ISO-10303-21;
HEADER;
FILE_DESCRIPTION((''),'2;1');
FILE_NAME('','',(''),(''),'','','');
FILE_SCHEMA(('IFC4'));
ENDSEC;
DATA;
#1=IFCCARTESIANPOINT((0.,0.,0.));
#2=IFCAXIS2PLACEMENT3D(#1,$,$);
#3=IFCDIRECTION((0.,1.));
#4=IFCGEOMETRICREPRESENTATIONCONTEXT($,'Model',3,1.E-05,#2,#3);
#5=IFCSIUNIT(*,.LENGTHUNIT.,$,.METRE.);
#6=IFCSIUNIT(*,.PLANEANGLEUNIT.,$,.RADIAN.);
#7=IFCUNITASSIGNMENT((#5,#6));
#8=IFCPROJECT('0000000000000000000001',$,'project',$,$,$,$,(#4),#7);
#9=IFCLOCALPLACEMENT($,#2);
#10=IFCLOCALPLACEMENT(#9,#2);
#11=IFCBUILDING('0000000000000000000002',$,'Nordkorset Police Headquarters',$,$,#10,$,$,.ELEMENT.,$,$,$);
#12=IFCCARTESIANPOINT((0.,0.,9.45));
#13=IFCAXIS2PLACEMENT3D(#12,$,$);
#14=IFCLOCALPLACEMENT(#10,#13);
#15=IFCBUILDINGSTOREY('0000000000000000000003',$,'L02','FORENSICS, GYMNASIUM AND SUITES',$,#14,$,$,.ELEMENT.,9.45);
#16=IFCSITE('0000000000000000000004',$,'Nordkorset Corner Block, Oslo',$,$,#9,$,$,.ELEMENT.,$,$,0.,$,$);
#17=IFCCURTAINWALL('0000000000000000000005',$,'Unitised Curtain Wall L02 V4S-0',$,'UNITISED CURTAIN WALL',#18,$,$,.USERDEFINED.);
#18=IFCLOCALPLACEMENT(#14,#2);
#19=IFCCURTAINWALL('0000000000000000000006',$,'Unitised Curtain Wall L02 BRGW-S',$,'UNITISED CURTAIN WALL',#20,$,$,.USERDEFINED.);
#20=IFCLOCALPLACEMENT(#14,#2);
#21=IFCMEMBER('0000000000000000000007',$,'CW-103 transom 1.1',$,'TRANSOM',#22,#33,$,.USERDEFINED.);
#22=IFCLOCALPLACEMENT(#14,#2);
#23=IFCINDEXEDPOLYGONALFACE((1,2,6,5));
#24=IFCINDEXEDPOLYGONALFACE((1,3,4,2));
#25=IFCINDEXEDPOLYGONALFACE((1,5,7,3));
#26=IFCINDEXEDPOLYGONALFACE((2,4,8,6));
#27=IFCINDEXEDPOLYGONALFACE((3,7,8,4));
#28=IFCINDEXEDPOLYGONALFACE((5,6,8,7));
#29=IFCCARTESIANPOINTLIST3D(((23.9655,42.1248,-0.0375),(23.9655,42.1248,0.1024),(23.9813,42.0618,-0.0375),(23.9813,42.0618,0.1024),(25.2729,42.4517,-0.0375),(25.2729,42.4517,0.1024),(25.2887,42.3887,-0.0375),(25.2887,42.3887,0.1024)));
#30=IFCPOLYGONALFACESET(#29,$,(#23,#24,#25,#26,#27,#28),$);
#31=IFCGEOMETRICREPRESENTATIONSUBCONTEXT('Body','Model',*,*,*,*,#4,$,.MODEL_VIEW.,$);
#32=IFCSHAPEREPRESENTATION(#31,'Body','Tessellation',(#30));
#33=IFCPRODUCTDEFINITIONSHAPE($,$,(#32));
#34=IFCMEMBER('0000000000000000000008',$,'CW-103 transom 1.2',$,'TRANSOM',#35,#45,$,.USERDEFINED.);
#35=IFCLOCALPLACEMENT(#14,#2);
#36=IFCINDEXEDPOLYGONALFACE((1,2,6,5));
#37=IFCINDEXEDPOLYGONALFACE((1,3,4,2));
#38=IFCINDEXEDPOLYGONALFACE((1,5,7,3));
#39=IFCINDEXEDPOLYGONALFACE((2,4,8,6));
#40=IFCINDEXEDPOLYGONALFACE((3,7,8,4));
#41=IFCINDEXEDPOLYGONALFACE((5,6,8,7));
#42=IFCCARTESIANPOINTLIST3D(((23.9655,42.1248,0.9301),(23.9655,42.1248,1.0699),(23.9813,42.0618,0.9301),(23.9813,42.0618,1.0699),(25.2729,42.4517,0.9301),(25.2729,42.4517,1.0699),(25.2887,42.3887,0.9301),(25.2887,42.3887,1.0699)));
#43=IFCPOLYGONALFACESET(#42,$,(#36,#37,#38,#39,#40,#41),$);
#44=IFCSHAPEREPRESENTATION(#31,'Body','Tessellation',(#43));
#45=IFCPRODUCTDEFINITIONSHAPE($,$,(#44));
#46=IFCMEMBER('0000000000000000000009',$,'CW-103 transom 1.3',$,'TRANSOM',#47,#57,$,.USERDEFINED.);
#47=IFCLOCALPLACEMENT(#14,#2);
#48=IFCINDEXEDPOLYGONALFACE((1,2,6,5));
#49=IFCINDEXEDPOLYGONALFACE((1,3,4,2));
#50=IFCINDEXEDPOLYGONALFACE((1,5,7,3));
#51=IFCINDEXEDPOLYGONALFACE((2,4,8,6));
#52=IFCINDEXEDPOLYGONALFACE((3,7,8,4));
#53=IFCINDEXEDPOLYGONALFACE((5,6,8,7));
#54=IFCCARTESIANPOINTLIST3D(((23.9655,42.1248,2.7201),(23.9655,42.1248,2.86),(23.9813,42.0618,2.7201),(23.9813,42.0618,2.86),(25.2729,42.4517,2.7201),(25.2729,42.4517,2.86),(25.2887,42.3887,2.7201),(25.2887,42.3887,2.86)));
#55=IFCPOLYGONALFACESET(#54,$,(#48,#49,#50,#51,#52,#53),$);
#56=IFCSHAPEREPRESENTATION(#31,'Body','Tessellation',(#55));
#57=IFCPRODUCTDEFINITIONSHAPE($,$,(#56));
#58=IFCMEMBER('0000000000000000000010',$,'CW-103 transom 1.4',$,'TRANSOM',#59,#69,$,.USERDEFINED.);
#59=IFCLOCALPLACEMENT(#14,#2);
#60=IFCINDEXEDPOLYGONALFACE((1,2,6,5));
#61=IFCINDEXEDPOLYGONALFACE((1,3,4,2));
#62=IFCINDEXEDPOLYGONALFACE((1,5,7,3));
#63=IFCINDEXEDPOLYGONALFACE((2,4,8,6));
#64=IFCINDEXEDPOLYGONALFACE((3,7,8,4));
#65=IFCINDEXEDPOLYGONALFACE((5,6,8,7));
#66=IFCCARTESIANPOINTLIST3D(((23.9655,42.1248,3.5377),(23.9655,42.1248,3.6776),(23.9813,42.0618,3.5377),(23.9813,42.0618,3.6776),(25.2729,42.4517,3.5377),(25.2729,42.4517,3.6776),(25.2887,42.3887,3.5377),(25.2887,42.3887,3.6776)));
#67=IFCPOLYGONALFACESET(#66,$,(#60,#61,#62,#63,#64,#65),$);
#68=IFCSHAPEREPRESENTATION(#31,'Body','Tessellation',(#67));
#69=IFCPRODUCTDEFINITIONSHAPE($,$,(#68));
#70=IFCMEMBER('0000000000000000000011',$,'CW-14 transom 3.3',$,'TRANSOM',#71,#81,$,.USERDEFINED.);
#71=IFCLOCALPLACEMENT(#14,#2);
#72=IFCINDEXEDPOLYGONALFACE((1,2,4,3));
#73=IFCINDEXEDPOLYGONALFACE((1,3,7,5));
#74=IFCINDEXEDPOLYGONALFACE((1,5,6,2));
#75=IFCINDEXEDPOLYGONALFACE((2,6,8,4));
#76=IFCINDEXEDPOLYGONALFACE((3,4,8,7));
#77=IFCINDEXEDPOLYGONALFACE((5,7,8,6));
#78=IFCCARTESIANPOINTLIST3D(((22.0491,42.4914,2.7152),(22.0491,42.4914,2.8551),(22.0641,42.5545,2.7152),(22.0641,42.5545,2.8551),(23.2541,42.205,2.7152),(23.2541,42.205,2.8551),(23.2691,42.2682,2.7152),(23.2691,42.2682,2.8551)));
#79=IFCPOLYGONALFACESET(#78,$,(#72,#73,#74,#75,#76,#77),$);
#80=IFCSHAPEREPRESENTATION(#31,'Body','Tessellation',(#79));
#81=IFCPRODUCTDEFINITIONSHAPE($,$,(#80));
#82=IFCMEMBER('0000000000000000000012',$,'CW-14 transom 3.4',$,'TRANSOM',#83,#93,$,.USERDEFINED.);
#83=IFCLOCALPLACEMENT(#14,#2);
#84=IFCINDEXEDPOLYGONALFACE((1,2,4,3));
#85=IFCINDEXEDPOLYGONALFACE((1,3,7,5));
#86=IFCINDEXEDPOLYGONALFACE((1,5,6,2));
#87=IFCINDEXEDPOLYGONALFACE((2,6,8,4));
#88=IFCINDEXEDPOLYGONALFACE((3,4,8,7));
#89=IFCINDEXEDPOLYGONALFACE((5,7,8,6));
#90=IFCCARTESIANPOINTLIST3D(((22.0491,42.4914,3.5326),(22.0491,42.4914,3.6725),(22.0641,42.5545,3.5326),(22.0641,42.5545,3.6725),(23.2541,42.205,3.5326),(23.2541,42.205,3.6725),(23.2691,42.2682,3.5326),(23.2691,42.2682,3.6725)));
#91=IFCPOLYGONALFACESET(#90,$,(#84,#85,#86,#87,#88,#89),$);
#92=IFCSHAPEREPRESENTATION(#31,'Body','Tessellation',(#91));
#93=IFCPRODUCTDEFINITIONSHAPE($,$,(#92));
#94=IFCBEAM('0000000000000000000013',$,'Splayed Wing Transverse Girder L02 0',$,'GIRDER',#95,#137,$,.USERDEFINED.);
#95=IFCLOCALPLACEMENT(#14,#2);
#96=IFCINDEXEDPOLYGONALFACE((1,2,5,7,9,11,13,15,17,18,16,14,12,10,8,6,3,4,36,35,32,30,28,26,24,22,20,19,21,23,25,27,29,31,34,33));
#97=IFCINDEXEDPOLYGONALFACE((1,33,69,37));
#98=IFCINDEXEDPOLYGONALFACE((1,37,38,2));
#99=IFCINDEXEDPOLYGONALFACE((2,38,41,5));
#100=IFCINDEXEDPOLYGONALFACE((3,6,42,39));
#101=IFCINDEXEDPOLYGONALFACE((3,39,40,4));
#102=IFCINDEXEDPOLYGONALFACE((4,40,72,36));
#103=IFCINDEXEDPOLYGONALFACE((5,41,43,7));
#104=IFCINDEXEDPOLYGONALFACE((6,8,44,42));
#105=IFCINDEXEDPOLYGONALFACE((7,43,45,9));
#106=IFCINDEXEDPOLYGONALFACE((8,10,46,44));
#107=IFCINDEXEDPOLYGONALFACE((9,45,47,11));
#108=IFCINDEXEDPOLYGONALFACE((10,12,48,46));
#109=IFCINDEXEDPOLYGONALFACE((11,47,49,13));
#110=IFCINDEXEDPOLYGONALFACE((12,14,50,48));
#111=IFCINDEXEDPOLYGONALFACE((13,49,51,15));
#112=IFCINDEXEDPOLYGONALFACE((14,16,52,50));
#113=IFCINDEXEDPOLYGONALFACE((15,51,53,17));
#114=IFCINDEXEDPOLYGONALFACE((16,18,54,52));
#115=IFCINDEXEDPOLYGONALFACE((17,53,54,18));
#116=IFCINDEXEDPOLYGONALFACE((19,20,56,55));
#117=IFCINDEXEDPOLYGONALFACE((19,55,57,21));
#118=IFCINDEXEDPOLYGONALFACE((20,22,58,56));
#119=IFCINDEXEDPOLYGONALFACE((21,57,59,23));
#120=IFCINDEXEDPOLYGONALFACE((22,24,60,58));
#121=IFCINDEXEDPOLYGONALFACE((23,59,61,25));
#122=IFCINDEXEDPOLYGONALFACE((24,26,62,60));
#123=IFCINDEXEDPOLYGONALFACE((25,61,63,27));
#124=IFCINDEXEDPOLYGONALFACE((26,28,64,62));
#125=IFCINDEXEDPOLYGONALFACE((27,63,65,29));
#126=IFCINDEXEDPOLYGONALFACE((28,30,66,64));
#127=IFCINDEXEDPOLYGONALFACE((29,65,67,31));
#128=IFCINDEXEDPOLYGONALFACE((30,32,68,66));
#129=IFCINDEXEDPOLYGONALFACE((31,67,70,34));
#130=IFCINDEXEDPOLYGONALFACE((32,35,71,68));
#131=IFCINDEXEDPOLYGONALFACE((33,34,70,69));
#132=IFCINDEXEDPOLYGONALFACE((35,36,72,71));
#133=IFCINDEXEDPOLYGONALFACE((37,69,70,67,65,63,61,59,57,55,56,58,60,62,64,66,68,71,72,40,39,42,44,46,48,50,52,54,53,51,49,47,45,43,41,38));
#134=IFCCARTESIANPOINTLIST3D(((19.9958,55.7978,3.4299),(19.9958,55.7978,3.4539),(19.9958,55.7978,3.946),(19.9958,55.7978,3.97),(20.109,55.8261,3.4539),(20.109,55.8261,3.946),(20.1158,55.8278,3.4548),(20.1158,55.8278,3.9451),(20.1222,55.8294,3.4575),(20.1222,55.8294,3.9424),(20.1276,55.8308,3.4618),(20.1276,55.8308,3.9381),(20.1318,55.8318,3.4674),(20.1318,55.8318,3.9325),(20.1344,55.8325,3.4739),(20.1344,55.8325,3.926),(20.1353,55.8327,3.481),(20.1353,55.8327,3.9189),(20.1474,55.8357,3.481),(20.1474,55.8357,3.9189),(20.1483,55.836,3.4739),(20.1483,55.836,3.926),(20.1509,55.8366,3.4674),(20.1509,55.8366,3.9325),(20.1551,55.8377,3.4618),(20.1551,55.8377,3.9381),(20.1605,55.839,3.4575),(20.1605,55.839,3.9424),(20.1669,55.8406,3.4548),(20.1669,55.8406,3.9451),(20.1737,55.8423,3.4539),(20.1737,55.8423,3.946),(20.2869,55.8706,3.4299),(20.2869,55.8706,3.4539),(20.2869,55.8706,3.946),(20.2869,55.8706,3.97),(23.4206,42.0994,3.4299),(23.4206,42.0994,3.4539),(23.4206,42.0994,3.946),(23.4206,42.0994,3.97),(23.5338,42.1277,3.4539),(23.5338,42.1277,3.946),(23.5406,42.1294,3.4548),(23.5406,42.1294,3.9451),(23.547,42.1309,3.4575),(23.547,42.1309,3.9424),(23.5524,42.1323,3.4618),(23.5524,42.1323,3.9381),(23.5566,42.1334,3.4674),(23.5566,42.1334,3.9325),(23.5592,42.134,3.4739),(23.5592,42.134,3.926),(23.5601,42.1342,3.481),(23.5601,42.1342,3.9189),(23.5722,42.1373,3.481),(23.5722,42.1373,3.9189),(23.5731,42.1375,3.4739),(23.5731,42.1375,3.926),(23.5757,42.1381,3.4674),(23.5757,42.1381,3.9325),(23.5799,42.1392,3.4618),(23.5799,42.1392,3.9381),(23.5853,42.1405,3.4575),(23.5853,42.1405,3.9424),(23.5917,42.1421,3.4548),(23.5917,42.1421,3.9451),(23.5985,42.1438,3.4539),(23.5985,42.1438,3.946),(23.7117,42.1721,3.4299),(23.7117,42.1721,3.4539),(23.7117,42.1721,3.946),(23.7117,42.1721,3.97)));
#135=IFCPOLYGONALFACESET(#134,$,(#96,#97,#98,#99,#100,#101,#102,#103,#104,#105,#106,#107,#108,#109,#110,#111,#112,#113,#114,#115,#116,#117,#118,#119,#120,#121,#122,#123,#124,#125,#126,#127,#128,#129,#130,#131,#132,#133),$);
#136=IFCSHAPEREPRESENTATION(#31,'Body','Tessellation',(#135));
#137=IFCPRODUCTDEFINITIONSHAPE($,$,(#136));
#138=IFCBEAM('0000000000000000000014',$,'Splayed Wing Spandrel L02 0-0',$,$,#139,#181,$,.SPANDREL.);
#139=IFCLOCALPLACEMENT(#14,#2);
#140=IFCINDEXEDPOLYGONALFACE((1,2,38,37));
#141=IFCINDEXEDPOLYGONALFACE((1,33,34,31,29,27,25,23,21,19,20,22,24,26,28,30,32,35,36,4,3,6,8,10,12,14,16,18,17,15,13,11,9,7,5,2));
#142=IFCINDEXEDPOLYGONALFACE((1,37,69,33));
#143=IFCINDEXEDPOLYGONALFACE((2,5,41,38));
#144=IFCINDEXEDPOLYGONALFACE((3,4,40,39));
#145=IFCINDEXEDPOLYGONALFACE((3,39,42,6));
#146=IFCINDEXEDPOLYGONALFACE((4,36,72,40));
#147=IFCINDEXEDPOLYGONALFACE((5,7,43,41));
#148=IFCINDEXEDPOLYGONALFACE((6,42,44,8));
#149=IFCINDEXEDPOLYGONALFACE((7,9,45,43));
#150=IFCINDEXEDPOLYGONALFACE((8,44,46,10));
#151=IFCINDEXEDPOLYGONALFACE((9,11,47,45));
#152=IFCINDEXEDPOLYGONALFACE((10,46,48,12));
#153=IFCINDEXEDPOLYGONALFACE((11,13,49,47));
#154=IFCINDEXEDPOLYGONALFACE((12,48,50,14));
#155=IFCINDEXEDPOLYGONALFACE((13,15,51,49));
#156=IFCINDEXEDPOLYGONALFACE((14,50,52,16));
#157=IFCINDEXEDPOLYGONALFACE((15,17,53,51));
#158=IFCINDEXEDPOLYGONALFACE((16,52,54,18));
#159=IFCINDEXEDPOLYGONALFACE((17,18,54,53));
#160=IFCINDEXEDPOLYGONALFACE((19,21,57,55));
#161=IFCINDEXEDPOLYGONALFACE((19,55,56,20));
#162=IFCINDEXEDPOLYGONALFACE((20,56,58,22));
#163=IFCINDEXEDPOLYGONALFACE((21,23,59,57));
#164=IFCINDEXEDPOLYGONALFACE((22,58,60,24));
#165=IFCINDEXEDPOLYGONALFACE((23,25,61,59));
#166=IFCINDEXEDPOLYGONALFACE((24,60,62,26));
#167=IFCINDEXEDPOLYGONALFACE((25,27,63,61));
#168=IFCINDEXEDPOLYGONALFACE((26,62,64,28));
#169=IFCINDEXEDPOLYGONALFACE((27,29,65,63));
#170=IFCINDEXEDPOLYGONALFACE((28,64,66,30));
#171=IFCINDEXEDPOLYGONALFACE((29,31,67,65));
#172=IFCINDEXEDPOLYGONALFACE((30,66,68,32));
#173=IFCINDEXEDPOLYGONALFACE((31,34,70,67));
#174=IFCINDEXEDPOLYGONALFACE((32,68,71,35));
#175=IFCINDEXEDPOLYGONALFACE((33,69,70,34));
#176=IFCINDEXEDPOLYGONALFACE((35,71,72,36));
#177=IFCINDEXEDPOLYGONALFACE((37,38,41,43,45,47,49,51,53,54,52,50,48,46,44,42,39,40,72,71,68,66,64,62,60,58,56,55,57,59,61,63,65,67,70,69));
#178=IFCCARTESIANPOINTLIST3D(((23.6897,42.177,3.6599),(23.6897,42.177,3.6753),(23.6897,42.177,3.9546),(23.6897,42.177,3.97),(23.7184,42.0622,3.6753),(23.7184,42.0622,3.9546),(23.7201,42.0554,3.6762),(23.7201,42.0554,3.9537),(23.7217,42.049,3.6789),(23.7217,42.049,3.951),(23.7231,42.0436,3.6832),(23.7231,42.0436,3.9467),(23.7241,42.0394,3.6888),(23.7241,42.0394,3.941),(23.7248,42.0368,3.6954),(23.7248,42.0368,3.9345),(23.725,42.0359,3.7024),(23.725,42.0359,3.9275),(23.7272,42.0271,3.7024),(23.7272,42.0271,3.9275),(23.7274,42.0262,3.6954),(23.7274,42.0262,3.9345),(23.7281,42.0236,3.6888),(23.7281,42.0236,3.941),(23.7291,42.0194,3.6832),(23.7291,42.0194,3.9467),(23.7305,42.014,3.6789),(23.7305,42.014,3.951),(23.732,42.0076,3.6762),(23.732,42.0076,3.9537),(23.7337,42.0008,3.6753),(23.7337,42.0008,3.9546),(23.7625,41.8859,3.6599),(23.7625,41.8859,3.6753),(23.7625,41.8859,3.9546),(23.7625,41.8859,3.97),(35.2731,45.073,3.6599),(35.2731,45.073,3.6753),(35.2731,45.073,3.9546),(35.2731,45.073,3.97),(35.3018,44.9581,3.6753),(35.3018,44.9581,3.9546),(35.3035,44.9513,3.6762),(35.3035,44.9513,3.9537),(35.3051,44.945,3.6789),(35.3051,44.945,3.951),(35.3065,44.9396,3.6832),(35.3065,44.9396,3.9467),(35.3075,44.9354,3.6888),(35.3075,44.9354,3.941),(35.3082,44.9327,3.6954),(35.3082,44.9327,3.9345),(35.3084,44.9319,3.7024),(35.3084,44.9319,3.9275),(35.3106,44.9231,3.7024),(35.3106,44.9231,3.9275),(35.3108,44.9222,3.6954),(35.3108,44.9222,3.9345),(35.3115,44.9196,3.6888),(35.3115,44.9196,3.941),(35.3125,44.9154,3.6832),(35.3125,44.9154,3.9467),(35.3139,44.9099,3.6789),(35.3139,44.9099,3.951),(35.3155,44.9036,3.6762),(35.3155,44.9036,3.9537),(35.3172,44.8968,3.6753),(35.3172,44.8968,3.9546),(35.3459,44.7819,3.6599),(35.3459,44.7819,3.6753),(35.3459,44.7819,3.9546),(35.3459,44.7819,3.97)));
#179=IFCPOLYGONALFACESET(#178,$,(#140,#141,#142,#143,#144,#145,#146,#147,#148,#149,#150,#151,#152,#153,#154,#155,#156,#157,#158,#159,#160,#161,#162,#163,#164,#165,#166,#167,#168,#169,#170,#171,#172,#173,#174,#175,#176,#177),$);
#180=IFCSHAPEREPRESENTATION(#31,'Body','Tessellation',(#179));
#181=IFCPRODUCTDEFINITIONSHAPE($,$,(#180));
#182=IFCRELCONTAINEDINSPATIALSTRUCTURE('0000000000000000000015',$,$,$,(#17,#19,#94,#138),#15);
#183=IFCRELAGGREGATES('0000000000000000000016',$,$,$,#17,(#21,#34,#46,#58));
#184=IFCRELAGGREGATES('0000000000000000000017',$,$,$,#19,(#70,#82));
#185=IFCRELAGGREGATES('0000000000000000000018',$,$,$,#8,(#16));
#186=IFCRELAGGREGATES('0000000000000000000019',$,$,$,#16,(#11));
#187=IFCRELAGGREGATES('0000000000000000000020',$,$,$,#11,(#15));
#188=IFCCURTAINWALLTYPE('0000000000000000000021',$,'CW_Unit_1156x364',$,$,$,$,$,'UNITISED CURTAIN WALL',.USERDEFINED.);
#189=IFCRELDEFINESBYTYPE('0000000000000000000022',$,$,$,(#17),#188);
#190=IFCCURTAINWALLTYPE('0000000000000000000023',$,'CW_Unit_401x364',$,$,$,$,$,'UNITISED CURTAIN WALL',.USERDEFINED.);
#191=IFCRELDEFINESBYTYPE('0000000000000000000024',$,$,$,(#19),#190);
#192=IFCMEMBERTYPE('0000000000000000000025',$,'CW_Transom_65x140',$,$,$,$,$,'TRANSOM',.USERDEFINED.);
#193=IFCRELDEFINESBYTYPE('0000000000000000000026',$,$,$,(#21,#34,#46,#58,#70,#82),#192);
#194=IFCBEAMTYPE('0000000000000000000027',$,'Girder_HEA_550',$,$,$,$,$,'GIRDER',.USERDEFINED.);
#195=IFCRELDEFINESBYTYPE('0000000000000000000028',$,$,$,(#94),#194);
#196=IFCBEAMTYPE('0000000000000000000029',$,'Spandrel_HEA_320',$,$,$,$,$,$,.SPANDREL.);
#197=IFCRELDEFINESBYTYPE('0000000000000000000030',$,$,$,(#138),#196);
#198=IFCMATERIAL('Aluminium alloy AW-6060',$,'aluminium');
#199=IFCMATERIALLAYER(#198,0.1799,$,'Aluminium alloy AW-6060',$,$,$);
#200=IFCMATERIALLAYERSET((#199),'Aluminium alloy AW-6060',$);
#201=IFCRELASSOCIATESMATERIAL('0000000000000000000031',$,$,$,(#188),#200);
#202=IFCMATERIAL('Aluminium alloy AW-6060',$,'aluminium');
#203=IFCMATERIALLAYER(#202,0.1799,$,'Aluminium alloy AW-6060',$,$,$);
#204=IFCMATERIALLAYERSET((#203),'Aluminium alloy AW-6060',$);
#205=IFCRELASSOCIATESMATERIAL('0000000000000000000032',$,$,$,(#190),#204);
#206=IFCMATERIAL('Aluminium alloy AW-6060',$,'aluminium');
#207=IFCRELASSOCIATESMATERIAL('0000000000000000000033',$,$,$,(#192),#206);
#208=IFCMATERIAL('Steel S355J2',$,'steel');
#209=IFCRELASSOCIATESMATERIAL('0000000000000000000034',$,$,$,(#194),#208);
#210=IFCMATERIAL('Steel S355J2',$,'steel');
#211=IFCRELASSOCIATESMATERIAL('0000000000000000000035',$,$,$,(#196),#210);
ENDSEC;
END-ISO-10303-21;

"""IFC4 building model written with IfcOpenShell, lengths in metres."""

from ifc_helpers import new_model, si_unit, direction, frame, origin, origin_2d, place, context, subcontext, project, spatial, rectangle, i_section, extrude, material, layer, layer_set, material_profile, profile_set, type_object, element, aggregate, save


model = new_model("IFC4")

# Units and contexts
model_context = context("Model", 3, precision=1e-05, world=origin(), true_north=direction((0.0, 1.0)))
body_context = subcontext(model_context, "Body", "Model", "MODEL_VIEW")
ifc_project = project(units=[si_unit("LENGTHUNIT", "METRE"), si_unit("PLANEANGLEUNIT", "RADIAN")], contexts=[model_context])

# Site, building, storey
site_placement = place(None, origin())
site = spatial("IfcSite", under=ifc_project, at=site_placement, Name="Nordkorset Corner Block, Oslo", CompositionType="ELEMENT", RefElevation=0.0)
building_placement = place(site_placement, origin())
building = spatial("IfcBuilding", under=site, at=building_placement, Name="Nordkorset Police Headquarters", CompositionType="ELEMENT")
storey_placement = place(building_placement, frame((0.0, 0.0, 9.45)))
storey = spatial("IfcBuildingStorey", under=building, at=storey_placement, Name="L02", Description="FORENSICS, GYMNASIUM AND SUITES", CompositionType="ELEMENT", Elevation=9.45)

# Curtain wall
ifc_material_1 = material(Name="Aluminium alloy AW-6060", Category="aluminium")
ifc_layer_1 = layer(ifc_material_1, 0.1799, Name="Aluminium alloy AW-6060")
ifc_layer_set_1 = layer_set([ifc_layer_1], Name="Aluminium alloy AW-6060")
curtain_wall_type_1 = type_object("IfcCurtainWallType", Name="CW_Unit_1156x364", ElementType="UNITISED CURTAIN WALL", PredefinedType="USERDEFINED", material=ifc_layer_set_1)
curtain_wall_1_placement = place(storey_placement, origin())
curtain_wall_1 = element("IfcCurtainWall", 1, at=curtain_wall_1_placement, inside=storey, type_object=curtain_wall_type_1, Name="Unitised Curtain Wall L02 V4S-0", ObjectType="UNITISED CURTAIN WALL", PredefinedType="USERDEFINED")

# Curtain wall
ifc_material_2 = material(Name="Aluminium alloy AW-6060", Category="aluminium")
ifc_layer_2 = layer(ifc_material_2, 0.1799, Name="Aluminium alloy AW-6060")
ifc_layer_set_2 = layer_set([ifc_layer_2], Name="Aluminium alloy AW-6060")
curtain_wall_type_2 = type_object("IfcCurtainWallType", Name="CW_Unit_401x364", ElementType="UNITISED CURTAIN WALL", PredefinedType="USERDEFINED", material=ifc_layer_set_2)
curtain_wall_2_placement = place(storey_placement, origin())
curtain_wall_2 = element("IfcCurtainWall", 2, at=curtain_wall_2_placement, inside=storey, type_object=curtain_wall_type_2, Name="Unitised Curtain Wall L02 BRGW-S", ObjectType="UNITISED CURTAIN WALL", PredefinedType="USERDEFINED")

# Members
ifc_material_3 = material(Name="Aluminium alloy AW-6060", Category="aluminium")
ifc_material_profile_1 = material_profile(ifc_material_3, rectangle(XDim=0.0649, YDim=0.1399, at=origin_2d()), Name="ALU TRAN 65x140")
ifc_profile_set_1 = profile_set([ifc_material_profile_1], Name="Aluminium alloy AW-6060")
member_type_1 = type_object("IfcMemberType", Name="CW_Transom_65x140", ElementType="TRANSOM", PredefinedType="USERDEFINED", material=ifc_profile_set_1)
member_1_placement = place(storey_placement, frame((23.9734, 42.0933, 0.0325), z_axis=(0.970132, 0.242578, 0.0), x_axis=(-0.242578, 0.970132, 0.0)))
member_1 = element("IfcMember", 3, at=member_1_placement, type_object=member_type_1, Name="CW-103 transom 1.1", ObjectType="TRANSOM", PredefinedType="USERDEFINED", context=body_context, shape_type="SweptSolid", body=[
    extrude(rectangle(XDim=0.0649, YDim=0.1399, at=origin_2d()), origin(), (0.0, 0.0, 1.0), 1.3477),
])
member_2_placement = place(storey_placement, frame((23.9734, 42.0933, 1.0), z_axis=(0.970132, 0.242578, 0.0), x_axis=(-0.242578, 0.970132, 0.0)))
member_2 = element("IfcMember", 4, at=member_2_placement, type_object=member_type_1, Name="CW-103 transom 1.2", ObjectType="TRANSOM", PredefinedType="USERDEFINED", context=body_context, shape_type="SweptSolid", body=[
    extrude(rectangle(XDim=0.0649, YDim=0.1399, at=origin_2d()), origin(), (0.0, 0.0, 1.0), 1.3477),
])
member_3_placement = place(storey_placement, frame((23.9734, 42.0933, 2.79), z_axis=(0.970132, 0.242578, 0.0), x_axis=(-0.242578, 0.970132, 0.0)))
member_3 = element("IfcMember", 5, at=member_3_placement, type_object=member_type_1, Name="CW-103 transom 1.3", ObjectType="TRANSOM", PredefinedType="USERDEFINED", context=body_context, shape_type="SweptSolid", body=[
    extrude(rectangle(XDim=0.0649, YDim=0.1399, at=origin_2d()), origin(), (0.0, 0.0, 1.0), 1.3477),
])
member_4_placement = place(storey_placement, frame((23.9734, 42.0933, 3.6077), z_axis=(0.970132, 0.242578, 0.0), x_axis=(-0.242578, 0.970132, 0.0)))
member_4 = element("IfcMember", 6, at=member_4_placement, type_object=member_type_1, Name="CW-103 transom 1.4", ObjectType="TRANSOM", PredefinedType="USERDEFINED", context=body_context, shape_type="SweptSolid", body=[
    extrude(rectangle(XDim=0.0649, YDim=0.1399, at=origin_2d()), origin(), (0.0, 0.0, 1.0), 1.3477),
])
member_5_placement = place(storey_placement, frame((22.0566, 42.5229, 2.7852), z_axis=(0.972906, -0.231203, 0.0), x_axis=(0.231203, 0.972906, 0.0)))
member_5 = element("IfcMember", 7, at=member_5_placement, type_object=member_type_1, Name="CW-14 transom 3.3", ObjectType="TRANSOM", PredefinedType="USERDEFINED", context=body_context, shape_type="SweptSolid", body=[
    extrude(rectangle(XDim=0.0649, YDim=0.1399, at=origin_2d()), origin(), (0.0, 0.0, 1.0), 1.2385),
])
member_6_placement = place(storey_placement, frame((22.0566, 42.5229, 3.6025), z_axis=(0.972906, -0.231203, 0.0), x_axis=(0.231203, 0.972906, 0.0)))
member_6 = element("IfcMember", 8, at=member_6_placement, type_object=member_type_1, Name="CW-14 transom 3.4", ObjectType="TRANSOM", PredefinedType="USERDEFINED", context=body_context, shape_type="SweptSolid", body=[
    extrude(rectangle(XDim=0.0649, YDim=0.1399, at=origin_2d()), origin(), (0.0, 0.0, 1.0), 1.2385),
])

# Beams
ifc_material_4 = material(Name="Steel S355J2", Category="steel")
ifc_material_profile_2 = material_profile(ifc_material_4, i_section(OverallWidth=0.3, OverallDepth=0.54, WebThickness=0.0125, FlangeThickness=0.0239, FilletRadius=0.0271, at=origin_2d()), Name="HEA 550")
ifc_profile_set_2 = profile_set([ifc_material_profile_2], Name="Steel S355J2")
beam_type_1 = type_object("IfcBeamType", Name="Girder_HEA_550", ElementType="GIRDER", PredefinedType="USERDEFINED", material=ifc_profile_set_2)
beam_1_placement = place(storey_placement, frame((23.5662, 42.1357, 3.7), z_axis=(-0.242548, 0.970139, 0.0), x_axis=(-0.970139, -0.242548, 0.0)))
element("IfcBeam", 9, at=beam_1_placement, inside=storey, type_object=beam_type_1, Name="Splayed Wing Transverse Girder L02 0", ObjectType="GIRDER", PredefinedType="USERDEFINED", context=body_context, shape_type="SweptSolid", body=[
    extrude(i_section(OverallWidth=0.3, OverallDepth=0.54, WebThickness=0.0125, FlangeThickness=0.0239, FilletRadius=0.0271, at=origin_2d()), origin(), (0.0, 0.0, 1.0), 14.1201),
])
ifc_material_5 = material(Name="Steel S355J2", Category="steel")
ifc_material_profile_3 = material_profile(ifc_material_5, i_section(OverallWidth=0.3, OverallDepth=0.3101, WebThickness=0.009, FlangeThickness=0.0154, FilletRadius=0.0271, at=origin_2d()), Name="HEA 320")
ifc_profile_set_3 = profile_set([ifc_material_profile_3], Name="Steel S355J2")
beam_type_2 = type_object("IfcBeamType", Name="Spandrel_HEA_320", PredefinedType="SPANDREL", material=ifc_profile_set_3)
beam_2_placement = place(storey_placement, frame((23.7261, 42.0315, 3.8149), z_axis=(0.97014, 0.242545, 0.0), x_axis=(-0.242545, 0.97014, 0.0)))
element("IfcBeam", 10, at=beam_2_placement, inside=storey, type_object=beam_type_2, Name="Splayed Wing Spandrel L02 0-0", PredefinedType="SPANDREL", context=body_context, shape_type="SweptSolid", body=[
    extrude(i_section(OverallWidth=0.3, OverallDepth=0.3101, WebThickness=0.009, FlangeThickness=0.0154, FilletRadius=0.0271, at=origin_2d()), origin(), (0.0, 0.0, 1.0), 11.9399),
])

aggregate(curtain_wall_1, [member_1, member_2, member_3, member_4])
aggregate(curtain_wall_2, [member_5, member_6])

save(model, "model.ifc")
